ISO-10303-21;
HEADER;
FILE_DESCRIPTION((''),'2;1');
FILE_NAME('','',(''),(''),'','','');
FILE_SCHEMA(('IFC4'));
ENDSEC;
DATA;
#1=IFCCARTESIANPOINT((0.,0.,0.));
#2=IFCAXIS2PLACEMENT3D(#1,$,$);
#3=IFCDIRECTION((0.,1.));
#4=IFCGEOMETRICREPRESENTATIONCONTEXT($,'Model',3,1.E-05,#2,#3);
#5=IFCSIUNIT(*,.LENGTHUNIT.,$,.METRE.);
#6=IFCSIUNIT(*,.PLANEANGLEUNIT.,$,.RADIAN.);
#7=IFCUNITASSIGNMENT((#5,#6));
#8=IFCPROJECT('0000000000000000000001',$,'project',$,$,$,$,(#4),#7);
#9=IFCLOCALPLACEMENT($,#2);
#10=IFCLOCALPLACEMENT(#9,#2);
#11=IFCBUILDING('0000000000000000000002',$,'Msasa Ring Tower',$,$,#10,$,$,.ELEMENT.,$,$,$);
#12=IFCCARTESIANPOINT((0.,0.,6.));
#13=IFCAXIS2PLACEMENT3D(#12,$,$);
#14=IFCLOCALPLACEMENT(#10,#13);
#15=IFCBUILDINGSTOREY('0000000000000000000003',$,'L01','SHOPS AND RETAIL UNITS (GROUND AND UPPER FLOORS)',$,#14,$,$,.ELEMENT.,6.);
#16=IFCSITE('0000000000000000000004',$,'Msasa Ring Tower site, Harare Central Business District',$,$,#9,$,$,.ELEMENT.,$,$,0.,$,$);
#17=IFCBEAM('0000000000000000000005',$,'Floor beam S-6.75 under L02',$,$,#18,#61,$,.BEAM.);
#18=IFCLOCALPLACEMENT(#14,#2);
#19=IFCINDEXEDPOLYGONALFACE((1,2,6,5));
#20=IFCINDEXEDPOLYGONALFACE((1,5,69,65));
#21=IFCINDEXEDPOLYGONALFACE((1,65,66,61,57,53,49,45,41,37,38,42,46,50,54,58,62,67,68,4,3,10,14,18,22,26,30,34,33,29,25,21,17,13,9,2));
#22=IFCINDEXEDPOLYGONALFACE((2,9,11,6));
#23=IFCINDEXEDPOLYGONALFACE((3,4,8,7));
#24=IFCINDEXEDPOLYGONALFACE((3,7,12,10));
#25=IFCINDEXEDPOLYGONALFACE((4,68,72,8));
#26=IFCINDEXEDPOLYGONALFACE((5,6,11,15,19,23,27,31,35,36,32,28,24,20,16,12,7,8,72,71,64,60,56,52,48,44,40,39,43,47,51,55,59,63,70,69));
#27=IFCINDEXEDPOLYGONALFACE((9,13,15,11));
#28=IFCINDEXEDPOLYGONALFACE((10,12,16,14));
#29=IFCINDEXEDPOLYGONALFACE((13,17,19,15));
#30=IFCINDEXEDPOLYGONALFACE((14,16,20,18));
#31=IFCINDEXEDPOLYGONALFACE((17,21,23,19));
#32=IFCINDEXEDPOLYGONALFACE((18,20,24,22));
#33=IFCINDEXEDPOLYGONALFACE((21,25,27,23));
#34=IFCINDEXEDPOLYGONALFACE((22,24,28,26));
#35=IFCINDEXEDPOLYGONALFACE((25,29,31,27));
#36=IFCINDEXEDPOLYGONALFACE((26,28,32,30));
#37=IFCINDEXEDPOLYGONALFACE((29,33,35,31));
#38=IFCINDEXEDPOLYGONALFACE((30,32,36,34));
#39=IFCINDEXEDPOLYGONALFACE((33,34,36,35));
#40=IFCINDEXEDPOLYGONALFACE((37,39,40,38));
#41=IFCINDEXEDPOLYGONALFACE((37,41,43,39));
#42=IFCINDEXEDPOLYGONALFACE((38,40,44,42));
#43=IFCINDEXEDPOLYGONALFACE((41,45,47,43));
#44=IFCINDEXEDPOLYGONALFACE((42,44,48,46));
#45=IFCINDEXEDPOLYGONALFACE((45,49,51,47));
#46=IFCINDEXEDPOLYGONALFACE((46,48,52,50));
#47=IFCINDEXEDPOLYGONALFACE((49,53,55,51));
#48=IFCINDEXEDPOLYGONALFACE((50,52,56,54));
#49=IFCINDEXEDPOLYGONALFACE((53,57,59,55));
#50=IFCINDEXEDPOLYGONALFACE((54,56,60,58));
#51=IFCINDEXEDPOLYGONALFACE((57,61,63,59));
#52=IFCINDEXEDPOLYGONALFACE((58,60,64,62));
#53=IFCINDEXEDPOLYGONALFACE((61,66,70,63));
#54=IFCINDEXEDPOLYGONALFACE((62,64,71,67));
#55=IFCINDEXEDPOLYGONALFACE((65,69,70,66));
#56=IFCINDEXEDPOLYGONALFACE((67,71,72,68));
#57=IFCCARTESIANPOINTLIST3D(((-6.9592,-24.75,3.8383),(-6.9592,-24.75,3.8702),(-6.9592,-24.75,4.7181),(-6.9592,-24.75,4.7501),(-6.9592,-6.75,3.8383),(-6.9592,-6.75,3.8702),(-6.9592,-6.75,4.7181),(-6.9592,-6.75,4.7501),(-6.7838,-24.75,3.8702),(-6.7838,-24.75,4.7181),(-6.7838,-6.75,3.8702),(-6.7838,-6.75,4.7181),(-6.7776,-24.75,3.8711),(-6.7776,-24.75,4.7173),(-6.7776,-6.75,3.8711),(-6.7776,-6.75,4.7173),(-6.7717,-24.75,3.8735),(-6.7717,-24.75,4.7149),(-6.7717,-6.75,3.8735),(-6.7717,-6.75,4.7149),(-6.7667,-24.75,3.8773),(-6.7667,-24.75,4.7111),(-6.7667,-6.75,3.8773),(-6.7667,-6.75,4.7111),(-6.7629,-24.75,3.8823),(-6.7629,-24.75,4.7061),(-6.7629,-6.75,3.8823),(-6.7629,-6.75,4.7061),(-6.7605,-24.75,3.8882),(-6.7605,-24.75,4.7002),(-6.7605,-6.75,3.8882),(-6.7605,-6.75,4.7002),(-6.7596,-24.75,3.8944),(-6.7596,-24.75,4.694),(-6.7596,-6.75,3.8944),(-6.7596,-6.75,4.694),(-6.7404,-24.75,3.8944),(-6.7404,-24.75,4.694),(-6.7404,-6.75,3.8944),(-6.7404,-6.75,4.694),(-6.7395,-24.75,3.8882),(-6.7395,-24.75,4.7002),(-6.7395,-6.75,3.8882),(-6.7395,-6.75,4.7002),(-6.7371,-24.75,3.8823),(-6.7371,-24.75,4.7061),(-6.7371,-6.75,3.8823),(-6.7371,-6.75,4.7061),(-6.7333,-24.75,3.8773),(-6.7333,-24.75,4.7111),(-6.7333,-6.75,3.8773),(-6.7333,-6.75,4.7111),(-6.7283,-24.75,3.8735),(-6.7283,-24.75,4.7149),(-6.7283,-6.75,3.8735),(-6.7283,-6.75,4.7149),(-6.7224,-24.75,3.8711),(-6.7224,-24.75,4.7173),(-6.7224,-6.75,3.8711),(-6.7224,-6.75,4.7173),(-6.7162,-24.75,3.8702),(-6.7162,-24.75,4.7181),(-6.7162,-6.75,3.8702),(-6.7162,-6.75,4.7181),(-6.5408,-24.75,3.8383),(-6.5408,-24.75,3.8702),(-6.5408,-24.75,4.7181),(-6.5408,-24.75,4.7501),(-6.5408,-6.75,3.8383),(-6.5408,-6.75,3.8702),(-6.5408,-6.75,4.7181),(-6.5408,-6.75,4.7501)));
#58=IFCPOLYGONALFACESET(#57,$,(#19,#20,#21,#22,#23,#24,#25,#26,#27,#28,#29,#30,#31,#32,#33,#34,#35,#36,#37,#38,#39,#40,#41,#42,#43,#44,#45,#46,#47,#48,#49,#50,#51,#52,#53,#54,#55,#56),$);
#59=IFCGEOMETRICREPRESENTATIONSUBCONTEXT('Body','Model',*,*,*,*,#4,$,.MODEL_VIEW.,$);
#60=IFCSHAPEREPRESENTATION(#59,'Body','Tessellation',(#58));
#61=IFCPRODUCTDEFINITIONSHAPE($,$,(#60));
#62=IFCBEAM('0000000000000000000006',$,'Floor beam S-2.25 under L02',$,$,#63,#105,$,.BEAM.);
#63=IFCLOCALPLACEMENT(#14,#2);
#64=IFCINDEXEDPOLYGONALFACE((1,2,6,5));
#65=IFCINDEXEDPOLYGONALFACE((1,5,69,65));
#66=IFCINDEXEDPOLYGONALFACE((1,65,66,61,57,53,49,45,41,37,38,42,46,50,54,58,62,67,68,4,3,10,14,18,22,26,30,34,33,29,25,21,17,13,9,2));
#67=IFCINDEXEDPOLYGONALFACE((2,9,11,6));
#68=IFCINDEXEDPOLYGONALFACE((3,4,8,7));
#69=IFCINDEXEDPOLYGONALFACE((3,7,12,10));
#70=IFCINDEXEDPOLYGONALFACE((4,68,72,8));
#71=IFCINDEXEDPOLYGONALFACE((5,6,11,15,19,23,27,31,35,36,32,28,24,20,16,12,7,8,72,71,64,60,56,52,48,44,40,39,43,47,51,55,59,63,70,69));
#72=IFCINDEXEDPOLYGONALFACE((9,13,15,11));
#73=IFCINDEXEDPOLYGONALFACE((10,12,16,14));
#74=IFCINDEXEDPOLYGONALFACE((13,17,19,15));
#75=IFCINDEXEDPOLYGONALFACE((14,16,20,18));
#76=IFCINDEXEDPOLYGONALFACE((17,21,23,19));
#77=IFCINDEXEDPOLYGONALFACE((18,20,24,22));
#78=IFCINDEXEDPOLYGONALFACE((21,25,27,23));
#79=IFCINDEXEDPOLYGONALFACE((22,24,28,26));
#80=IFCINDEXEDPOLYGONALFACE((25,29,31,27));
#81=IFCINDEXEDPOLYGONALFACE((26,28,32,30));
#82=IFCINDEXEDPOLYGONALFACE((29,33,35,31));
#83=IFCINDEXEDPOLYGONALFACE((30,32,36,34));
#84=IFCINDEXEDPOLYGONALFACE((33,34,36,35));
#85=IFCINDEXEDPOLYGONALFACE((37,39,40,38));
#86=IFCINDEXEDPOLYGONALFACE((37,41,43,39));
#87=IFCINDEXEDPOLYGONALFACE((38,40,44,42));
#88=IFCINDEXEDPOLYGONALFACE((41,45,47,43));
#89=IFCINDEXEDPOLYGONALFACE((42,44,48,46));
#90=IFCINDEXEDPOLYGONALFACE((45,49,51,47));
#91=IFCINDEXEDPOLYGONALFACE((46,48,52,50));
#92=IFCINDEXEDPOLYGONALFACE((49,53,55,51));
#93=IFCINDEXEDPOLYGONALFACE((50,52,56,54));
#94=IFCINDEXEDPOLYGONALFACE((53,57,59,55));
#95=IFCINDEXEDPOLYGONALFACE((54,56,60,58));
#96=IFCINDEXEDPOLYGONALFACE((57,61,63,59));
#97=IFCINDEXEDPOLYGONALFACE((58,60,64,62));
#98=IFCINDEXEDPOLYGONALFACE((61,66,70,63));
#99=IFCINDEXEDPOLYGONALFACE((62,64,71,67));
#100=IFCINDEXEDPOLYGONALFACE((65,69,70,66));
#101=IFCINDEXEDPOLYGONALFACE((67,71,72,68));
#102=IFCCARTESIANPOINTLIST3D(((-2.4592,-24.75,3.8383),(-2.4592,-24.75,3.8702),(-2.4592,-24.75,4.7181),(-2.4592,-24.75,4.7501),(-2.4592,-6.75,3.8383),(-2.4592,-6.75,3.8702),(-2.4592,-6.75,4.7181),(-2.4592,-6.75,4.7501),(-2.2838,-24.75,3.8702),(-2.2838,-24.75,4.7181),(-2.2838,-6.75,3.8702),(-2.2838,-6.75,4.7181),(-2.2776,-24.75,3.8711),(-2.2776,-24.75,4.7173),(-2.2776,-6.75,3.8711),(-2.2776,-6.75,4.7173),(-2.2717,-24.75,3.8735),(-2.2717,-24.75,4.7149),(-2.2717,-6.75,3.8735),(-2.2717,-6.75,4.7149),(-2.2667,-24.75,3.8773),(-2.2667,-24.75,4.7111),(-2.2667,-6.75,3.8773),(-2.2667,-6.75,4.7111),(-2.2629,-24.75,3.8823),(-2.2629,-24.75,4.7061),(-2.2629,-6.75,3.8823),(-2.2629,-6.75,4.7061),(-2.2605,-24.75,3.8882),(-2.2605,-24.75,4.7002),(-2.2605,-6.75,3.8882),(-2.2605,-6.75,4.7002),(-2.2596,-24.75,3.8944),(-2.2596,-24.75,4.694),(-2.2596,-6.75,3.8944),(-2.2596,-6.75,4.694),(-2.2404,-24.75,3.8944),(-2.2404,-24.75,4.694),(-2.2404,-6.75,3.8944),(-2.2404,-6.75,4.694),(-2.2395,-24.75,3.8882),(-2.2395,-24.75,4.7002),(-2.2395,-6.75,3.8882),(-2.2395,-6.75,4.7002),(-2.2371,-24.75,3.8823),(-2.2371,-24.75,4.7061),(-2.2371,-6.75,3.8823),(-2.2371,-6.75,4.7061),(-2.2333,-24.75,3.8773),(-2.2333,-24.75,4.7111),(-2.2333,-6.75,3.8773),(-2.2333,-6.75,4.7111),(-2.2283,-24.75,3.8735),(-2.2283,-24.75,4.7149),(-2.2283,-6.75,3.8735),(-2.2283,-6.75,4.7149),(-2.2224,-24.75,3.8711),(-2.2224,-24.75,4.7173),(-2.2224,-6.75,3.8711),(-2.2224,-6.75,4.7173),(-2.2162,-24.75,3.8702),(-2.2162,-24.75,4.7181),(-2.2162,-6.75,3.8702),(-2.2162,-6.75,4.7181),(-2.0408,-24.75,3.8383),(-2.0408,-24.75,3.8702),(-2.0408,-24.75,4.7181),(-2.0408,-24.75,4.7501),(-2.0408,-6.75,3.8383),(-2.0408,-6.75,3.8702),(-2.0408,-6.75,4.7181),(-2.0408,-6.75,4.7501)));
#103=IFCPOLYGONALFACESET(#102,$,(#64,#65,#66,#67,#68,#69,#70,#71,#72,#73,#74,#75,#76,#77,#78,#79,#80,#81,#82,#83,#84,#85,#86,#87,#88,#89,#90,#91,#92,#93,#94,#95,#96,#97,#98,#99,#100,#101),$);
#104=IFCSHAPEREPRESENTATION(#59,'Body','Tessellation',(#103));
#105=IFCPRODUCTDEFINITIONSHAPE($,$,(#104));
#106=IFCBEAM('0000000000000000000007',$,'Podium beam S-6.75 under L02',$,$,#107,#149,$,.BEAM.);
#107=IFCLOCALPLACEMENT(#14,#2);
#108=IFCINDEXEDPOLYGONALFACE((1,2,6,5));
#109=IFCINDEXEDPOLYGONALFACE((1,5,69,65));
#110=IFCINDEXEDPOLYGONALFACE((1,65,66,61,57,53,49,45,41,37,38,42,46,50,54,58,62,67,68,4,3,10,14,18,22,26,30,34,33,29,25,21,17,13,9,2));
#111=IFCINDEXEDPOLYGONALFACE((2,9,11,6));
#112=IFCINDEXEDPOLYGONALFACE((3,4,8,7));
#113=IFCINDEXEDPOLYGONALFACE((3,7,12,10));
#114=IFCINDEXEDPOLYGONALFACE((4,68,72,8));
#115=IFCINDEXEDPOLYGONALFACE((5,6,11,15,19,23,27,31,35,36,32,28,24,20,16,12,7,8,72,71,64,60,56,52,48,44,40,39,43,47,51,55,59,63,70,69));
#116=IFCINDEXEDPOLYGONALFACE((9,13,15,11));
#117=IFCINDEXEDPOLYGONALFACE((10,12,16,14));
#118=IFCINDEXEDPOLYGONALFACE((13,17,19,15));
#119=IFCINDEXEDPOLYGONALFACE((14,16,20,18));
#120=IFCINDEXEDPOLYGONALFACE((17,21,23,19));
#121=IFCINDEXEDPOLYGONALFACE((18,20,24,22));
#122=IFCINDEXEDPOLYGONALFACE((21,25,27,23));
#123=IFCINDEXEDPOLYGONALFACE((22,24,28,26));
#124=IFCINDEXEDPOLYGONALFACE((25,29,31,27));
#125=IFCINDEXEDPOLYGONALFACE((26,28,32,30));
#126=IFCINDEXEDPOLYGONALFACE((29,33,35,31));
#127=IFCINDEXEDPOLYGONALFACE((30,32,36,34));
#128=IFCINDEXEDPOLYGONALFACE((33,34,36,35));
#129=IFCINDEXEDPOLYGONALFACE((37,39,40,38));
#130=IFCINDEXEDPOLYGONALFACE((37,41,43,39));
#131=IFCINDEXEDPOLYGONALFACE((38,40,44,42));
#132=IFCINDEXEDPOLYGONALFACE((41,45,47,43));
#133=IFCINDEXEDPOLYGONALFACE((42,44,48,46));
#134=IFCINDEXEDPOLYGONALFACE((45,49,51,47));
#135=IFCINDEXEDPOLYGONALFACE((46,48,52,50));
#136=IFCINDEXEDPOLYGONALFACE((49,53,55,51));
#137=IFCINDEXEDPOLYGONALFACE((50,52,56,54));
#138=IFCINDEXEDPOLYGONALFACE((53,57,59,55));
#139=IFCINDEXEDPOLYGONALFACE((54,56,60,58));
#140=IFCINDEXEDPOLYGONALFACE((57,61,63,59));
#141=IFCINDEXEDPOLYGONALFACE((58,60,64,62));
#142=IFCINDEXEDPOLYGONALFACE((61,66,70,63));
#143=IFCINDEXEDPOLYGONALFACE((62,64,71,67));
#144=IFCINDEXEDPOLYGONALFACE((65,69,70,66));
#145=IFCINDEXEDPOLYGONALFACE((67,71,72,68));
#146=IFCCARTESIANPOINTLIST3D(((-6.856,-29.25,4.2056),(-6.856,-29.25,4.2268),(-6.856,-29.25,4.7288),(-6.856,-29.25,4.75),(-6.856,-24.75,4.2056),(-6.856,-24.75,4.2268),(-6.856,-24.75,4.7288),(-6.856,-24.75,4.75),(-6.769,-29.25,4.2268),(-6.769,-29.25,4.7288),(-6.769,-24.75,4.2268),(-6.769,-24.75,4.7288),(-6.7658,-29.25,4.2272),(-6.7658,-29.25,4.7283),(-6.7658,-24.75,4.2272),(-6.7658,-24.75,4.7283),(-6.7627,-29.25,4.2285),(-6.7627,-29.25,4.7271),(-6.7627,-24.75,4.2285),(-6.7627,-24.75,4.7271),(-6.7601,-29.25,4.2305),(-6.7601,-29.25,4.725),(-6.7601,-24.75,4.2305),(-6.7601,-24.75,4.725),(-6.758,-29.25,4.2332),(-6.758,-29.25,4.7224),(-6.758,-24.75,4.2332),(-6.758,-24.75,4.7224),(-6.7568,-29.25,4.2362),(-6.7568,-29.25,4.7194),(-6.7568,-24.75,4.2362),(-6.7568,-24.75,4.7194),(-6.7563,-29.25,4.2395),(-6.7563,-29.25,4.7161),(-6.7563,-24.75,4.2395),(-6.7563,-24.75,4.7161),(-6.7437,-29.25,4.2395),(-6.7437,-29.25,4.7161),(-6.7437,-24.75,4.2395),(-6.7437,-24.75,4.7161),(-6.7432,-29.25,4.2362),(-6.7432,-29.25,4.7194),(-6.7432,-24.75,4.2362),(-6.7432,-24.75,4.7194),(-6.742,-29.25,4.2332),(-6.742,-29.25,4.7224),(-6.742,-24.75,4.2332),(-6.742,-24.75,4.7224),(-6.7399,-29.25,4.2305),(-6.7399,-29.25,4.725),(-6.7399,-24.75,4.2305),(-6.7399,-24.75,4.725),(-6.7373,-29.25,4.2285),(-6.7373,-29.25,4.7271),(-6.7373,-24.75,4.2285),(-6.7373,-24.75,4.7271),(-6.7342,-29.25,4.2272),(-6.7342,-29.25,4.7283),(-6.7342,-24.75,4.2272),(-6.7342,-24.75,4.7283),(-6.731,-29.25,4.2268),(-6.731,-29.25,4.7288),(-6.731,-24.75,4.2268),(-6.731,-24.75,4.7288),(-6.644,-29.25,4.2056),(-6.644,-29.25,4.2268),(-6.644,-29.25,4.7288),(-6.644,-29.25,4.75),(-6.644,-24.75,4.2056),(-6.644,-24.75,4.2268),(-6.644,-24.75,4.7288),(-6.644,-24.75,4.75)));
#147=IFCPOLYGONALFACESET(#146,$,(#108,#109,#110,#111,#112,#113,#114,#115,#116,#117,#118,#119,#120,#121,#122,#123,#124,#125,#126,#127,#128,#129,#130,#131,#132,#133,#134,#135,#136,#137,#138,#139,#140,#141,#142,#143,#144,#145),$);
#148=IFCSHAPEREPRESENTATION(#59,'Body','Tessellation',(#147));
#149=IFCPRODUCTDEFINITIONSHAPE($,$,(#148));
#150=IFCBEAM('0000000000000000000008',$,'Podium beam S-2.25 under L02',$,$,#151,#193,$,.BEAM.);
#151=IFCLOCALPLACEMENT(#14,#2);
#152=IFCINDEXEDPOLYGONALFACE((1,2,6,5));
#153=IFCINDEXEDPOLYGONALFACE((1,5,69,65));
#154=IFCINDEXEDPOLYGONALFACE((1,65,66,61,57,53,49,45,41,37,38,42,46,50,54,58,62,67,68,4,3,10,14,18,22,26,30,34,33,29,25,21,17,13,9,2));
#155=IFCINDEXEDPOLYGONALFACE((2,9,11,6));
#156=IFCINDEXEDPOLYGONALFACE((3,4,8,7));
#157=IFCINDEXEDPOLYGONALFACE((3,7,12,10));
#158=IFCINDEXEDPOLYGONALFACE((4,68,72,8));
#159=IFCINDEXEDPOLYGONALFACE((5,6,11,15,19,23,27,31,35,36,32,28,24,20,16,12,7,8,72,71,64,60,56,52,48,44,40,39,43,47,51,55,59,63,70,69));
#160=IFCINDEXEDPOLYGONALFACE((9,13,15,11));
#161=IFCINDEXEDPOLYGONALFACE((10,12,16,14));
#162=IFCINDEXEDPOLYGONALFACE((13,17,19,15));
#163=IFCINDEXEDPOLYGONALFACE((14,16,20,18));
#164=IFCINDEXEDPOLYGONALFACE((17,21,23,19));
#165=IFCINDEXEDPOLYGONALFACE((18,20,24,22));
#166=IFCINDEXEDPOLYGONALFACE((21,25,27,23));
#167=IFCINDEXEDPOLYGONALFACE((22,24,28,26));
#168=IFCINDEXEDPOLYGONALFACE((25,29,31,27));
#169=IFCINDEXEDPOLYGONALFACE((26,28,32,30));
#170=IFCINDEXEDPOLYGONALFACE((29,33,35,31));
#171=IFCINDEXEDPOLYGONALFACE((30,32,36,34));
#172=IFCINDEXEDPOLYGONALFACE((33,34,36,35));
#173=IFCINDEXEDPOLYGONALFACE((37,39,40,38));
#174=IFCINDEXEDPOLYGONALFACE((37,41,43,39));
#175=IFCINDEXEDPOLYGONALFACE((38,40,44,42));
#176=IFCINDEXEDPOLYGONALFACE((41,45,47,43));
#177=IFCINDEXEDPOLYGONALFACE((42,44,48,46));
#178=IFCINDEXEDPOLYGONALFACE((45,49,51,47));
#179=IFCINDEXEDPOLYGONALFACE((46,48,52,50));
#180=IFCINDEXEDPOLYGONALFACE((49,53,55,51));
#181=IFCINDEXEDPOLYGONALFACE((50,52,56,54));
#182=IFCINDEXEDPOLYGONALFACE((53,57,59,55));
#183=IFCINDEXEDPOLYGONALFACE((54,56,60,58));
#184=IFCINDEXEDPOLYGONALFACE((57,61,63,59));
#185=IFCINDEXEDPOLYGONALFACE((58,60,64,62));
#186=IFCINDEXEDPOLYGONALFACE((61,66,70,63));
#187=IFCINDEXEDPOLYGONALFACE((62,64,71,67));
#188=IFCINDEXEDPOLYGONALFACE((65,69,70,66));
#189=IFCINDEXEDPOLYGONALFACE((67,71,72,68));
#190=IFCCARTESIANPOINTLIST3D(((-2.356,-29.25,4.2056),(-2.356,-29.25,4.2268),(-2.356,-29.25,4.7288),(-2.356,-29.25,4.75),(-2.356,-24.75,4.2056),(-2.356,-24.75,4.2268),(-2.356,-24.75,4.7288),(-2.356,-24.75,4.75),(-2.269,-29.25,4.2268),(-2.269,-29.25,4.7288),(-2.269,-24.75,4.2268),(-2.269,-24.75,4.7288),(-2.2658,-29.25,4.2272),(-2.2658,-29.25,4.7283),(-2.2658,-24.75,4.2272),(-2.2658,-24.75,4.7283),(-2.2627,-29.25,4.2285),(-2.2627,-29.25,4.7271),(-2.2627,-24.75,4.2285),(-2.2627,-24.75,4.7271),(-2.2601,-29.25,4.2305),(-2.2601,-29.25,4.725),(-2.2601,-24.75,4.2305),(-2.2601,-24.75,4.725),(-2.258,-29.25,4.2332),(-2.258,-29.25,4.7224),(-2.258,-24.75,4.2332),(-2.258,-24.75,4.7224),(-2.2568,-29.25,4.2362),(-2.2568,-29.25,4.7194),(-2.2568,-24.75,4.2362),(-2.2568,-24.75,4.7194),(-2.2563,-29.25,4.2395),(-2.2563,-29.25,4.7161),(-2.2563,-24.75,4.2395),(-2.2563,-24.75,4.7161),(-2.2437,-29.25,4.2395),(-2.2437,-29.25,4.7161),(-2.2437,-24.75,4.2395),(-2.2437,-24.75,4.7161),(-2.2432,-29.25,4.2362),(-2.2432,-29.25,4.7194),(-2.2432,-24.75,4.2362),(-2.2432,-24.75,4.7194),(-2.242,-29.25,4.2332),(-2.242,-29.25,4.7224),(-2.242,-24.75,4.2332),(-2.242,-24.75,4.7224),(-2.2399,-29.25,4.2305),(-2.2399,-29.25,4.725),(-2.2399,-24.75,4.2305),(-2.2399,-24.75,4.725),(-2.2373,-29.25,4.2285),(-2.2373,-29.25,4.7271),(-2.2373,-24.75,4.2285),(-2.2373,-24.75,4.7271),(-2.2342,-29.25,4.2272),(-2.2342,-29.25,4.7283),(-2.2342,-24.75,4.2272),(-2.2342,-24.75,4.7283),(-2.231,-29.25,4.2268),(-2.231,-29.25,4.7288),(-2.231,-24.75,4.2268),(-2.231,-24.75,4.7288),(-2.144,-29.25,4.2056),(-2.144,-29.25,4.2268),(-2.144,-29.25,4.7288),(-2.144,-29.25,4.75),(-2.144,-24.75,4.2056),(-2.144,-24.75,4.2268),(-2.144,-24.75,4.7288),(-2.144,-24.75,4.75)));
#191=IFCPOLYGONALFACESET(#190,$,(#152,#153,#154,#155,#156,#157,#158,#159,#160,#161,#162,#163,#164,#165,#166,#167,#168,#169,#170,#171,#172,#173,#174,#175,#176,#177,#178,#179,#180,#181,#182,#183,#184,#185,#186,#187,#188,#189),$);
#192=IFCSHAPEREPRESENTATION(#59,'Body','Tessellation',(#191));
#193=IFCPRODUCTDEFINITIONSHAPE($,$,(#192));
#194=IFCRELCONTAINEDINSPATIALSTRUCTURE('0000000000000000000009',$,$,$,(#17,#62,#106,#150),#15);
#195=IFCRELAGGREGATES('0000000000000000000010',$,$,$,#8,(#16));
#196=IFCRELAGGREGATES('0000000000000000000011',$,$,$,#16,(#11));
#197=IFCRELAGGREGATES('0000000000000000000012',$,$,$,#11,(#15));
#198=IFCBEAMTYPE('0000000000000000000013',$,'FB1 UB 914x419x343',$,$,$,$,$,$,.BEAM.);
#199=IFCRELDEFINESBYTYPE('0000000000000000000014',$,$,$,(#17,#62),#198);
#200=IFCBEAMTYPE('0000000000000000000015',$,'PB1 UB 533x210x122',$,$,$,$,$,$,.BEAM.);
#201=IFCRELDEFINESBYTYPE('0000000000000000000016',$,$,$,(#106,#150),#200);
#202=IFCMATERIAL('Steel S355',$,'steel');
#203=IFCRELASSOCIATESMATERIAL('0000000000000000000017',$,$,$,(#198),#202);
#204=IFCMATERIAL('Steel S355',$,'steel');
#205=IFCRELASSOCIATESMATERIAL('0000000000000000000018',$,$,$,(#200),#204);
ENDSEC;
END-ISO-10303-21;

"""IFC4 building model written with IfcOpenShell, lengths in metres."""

from ifc_helpers import new_model, si_unit, direction, frame, origin, origin_2d, place, context, subcontext, project, spatial, i_section, extrude, material, material_profile, profile_set, type_object, element, save


model = new_model("IFC4")

# Units and contexts
model_context = context("Model", 3, precision=1e-05, world=origin(), true_north=direction((0.0, 1.0)))
body_context = subcontext(model_context, "Body", "Model", "MODEL_VIEW")
ifc_project = project(units=[si_unit("LENGTHUNIT", "METRE"), si_unit("PLANEANGLEUNIT", "RADIAN")], contexts=[model_context])

# Site, building, storey
site_placement = place(None, origin())
site = spatial("IfcSite", under=ifc_project, at=site_placement, Name="Msasa Ring Tower site, Harare Central Business District", CompositionType="ELEMENT", RefElevation=0.0)
building_placement = place(site_placement, origin())
building = spatial("IfcBuilding", under=site, at=building_placement, Name="Msasa Ring Tower", CompositionType="ELEMENT")
storey_placement = place(building_placement, frame((0.0, 0.0, 6.0)))
storey = spatial("IfcBuildingStorey", under=building, at=storey_placement, Name="L01", Description="SHOPS AND RETAIL UNITS (GROUND AND UPPER FLOORS)", CompositionType="ELEMENT", Elevation=6.0)

# Beams
ifc_material_1 = material(Name="Steel S355", Category="steel")
ifc_material_profile_1 = material_profile(ifc_material_1, i_section(OverallWidth=0.4185, OverallDepth=0.9119, WebThickness=0.0193, FlangeThickness=0.032, FilletRadius=0.0242, at=origin_2d()), Name="UB 914x419x343")
ifc_profile_set_1 = profile_set([ifc_material_profile_1], Name="Steel S355")
beam_type_1 = type_object("IfcBeamType", Name="FB1 UB 914x419x343", PredefinedType="BEAM", material=ifc_profile_set_1)
for number, where, z_axis, x_axis, name in (
    (1, (-6.75, -24.75, 4.2942), (0.0, 1.0, 0.0), (-1.0, 0.0, 0.0), "Floor beam S-6.75 under L02"),
    (2, (-2.25, -24.75, 4.2942), (0.0, 1.0, 0.0), (-1.0, 0.0, 0.0), "Floor beam S-2.25 under L02"),
):
    element("IfcBeam", number, at=place(storey_placement, frame(where, z_axis=z_axis, x_axis=x_axis)), inside=storey, type_object=beam_type_1, Name=name, PredefinedType="BEAM", context=body_context, shape_type="SweptSolid", body=[
        extrude(i_section(OverallWidth=0.4185, OverallDepth=0.9119, WebThickness=0.0193, FlangeThickness=0.032, FilletRadius=0.0242, at=origin_2d()), origin(), (0.0, 0.0, 1.0), 18.0),
    ])
ifc_material_2 = material(Name="Steel S355", Category="steel")
ifc_material_profile_2 = material_profile(ifc_material_2, i_section(OverallWidth=0.2119, OverallDepth=0.5444, WebThickness=0.0127, FlangeThickness=0.0212, FilletRadius=0.0127, at=origin_2d()), Name="UB 533x210x122")
ifc_profile_set_2 = profile_set([ifc_material_profile_2], Name="Steel S355")
beam_type_2 = type_object("IfcBeamType", Name="PB1 UB 533x210x122", PredefinedType="BEAM", material=ifc_profile_set_2)
for number, where, z_axis, x_axis, name in (
    (3, (-6.75, -29.25, 4.4778), (0.0, 1.0, 0.0), (-1.0, 0.0, 0.0), "Podium beam S-6.75 under L02"),
    (4, (-2.25, -29.25, 4.4778), (0.0, 1.0, 0.0), (-1.0, 0.0, 0.0), "Podium beam S-2.25 under L02"),
):
    element("IfcBeam", number, at=place(storey_placement, frame(where, z_axis=z_axis, x_axis=x_axis)), inside=storey, type_object=beam_type_2, Name=name, PredefinedType="BEAM", context=body_context, shape_type="SweptSolid", body=[
        extrude(i_section(OverallWidth=0.2119, OverallDepth=0.5444, WebThickness=0.0127, FlangeThickness=0.0212, FilletRadius=0.0127, at=origin_2d()), origin(), (0.0, 0.0, 1.0), 4.5),
    ])

save(model, "model.ifc")
